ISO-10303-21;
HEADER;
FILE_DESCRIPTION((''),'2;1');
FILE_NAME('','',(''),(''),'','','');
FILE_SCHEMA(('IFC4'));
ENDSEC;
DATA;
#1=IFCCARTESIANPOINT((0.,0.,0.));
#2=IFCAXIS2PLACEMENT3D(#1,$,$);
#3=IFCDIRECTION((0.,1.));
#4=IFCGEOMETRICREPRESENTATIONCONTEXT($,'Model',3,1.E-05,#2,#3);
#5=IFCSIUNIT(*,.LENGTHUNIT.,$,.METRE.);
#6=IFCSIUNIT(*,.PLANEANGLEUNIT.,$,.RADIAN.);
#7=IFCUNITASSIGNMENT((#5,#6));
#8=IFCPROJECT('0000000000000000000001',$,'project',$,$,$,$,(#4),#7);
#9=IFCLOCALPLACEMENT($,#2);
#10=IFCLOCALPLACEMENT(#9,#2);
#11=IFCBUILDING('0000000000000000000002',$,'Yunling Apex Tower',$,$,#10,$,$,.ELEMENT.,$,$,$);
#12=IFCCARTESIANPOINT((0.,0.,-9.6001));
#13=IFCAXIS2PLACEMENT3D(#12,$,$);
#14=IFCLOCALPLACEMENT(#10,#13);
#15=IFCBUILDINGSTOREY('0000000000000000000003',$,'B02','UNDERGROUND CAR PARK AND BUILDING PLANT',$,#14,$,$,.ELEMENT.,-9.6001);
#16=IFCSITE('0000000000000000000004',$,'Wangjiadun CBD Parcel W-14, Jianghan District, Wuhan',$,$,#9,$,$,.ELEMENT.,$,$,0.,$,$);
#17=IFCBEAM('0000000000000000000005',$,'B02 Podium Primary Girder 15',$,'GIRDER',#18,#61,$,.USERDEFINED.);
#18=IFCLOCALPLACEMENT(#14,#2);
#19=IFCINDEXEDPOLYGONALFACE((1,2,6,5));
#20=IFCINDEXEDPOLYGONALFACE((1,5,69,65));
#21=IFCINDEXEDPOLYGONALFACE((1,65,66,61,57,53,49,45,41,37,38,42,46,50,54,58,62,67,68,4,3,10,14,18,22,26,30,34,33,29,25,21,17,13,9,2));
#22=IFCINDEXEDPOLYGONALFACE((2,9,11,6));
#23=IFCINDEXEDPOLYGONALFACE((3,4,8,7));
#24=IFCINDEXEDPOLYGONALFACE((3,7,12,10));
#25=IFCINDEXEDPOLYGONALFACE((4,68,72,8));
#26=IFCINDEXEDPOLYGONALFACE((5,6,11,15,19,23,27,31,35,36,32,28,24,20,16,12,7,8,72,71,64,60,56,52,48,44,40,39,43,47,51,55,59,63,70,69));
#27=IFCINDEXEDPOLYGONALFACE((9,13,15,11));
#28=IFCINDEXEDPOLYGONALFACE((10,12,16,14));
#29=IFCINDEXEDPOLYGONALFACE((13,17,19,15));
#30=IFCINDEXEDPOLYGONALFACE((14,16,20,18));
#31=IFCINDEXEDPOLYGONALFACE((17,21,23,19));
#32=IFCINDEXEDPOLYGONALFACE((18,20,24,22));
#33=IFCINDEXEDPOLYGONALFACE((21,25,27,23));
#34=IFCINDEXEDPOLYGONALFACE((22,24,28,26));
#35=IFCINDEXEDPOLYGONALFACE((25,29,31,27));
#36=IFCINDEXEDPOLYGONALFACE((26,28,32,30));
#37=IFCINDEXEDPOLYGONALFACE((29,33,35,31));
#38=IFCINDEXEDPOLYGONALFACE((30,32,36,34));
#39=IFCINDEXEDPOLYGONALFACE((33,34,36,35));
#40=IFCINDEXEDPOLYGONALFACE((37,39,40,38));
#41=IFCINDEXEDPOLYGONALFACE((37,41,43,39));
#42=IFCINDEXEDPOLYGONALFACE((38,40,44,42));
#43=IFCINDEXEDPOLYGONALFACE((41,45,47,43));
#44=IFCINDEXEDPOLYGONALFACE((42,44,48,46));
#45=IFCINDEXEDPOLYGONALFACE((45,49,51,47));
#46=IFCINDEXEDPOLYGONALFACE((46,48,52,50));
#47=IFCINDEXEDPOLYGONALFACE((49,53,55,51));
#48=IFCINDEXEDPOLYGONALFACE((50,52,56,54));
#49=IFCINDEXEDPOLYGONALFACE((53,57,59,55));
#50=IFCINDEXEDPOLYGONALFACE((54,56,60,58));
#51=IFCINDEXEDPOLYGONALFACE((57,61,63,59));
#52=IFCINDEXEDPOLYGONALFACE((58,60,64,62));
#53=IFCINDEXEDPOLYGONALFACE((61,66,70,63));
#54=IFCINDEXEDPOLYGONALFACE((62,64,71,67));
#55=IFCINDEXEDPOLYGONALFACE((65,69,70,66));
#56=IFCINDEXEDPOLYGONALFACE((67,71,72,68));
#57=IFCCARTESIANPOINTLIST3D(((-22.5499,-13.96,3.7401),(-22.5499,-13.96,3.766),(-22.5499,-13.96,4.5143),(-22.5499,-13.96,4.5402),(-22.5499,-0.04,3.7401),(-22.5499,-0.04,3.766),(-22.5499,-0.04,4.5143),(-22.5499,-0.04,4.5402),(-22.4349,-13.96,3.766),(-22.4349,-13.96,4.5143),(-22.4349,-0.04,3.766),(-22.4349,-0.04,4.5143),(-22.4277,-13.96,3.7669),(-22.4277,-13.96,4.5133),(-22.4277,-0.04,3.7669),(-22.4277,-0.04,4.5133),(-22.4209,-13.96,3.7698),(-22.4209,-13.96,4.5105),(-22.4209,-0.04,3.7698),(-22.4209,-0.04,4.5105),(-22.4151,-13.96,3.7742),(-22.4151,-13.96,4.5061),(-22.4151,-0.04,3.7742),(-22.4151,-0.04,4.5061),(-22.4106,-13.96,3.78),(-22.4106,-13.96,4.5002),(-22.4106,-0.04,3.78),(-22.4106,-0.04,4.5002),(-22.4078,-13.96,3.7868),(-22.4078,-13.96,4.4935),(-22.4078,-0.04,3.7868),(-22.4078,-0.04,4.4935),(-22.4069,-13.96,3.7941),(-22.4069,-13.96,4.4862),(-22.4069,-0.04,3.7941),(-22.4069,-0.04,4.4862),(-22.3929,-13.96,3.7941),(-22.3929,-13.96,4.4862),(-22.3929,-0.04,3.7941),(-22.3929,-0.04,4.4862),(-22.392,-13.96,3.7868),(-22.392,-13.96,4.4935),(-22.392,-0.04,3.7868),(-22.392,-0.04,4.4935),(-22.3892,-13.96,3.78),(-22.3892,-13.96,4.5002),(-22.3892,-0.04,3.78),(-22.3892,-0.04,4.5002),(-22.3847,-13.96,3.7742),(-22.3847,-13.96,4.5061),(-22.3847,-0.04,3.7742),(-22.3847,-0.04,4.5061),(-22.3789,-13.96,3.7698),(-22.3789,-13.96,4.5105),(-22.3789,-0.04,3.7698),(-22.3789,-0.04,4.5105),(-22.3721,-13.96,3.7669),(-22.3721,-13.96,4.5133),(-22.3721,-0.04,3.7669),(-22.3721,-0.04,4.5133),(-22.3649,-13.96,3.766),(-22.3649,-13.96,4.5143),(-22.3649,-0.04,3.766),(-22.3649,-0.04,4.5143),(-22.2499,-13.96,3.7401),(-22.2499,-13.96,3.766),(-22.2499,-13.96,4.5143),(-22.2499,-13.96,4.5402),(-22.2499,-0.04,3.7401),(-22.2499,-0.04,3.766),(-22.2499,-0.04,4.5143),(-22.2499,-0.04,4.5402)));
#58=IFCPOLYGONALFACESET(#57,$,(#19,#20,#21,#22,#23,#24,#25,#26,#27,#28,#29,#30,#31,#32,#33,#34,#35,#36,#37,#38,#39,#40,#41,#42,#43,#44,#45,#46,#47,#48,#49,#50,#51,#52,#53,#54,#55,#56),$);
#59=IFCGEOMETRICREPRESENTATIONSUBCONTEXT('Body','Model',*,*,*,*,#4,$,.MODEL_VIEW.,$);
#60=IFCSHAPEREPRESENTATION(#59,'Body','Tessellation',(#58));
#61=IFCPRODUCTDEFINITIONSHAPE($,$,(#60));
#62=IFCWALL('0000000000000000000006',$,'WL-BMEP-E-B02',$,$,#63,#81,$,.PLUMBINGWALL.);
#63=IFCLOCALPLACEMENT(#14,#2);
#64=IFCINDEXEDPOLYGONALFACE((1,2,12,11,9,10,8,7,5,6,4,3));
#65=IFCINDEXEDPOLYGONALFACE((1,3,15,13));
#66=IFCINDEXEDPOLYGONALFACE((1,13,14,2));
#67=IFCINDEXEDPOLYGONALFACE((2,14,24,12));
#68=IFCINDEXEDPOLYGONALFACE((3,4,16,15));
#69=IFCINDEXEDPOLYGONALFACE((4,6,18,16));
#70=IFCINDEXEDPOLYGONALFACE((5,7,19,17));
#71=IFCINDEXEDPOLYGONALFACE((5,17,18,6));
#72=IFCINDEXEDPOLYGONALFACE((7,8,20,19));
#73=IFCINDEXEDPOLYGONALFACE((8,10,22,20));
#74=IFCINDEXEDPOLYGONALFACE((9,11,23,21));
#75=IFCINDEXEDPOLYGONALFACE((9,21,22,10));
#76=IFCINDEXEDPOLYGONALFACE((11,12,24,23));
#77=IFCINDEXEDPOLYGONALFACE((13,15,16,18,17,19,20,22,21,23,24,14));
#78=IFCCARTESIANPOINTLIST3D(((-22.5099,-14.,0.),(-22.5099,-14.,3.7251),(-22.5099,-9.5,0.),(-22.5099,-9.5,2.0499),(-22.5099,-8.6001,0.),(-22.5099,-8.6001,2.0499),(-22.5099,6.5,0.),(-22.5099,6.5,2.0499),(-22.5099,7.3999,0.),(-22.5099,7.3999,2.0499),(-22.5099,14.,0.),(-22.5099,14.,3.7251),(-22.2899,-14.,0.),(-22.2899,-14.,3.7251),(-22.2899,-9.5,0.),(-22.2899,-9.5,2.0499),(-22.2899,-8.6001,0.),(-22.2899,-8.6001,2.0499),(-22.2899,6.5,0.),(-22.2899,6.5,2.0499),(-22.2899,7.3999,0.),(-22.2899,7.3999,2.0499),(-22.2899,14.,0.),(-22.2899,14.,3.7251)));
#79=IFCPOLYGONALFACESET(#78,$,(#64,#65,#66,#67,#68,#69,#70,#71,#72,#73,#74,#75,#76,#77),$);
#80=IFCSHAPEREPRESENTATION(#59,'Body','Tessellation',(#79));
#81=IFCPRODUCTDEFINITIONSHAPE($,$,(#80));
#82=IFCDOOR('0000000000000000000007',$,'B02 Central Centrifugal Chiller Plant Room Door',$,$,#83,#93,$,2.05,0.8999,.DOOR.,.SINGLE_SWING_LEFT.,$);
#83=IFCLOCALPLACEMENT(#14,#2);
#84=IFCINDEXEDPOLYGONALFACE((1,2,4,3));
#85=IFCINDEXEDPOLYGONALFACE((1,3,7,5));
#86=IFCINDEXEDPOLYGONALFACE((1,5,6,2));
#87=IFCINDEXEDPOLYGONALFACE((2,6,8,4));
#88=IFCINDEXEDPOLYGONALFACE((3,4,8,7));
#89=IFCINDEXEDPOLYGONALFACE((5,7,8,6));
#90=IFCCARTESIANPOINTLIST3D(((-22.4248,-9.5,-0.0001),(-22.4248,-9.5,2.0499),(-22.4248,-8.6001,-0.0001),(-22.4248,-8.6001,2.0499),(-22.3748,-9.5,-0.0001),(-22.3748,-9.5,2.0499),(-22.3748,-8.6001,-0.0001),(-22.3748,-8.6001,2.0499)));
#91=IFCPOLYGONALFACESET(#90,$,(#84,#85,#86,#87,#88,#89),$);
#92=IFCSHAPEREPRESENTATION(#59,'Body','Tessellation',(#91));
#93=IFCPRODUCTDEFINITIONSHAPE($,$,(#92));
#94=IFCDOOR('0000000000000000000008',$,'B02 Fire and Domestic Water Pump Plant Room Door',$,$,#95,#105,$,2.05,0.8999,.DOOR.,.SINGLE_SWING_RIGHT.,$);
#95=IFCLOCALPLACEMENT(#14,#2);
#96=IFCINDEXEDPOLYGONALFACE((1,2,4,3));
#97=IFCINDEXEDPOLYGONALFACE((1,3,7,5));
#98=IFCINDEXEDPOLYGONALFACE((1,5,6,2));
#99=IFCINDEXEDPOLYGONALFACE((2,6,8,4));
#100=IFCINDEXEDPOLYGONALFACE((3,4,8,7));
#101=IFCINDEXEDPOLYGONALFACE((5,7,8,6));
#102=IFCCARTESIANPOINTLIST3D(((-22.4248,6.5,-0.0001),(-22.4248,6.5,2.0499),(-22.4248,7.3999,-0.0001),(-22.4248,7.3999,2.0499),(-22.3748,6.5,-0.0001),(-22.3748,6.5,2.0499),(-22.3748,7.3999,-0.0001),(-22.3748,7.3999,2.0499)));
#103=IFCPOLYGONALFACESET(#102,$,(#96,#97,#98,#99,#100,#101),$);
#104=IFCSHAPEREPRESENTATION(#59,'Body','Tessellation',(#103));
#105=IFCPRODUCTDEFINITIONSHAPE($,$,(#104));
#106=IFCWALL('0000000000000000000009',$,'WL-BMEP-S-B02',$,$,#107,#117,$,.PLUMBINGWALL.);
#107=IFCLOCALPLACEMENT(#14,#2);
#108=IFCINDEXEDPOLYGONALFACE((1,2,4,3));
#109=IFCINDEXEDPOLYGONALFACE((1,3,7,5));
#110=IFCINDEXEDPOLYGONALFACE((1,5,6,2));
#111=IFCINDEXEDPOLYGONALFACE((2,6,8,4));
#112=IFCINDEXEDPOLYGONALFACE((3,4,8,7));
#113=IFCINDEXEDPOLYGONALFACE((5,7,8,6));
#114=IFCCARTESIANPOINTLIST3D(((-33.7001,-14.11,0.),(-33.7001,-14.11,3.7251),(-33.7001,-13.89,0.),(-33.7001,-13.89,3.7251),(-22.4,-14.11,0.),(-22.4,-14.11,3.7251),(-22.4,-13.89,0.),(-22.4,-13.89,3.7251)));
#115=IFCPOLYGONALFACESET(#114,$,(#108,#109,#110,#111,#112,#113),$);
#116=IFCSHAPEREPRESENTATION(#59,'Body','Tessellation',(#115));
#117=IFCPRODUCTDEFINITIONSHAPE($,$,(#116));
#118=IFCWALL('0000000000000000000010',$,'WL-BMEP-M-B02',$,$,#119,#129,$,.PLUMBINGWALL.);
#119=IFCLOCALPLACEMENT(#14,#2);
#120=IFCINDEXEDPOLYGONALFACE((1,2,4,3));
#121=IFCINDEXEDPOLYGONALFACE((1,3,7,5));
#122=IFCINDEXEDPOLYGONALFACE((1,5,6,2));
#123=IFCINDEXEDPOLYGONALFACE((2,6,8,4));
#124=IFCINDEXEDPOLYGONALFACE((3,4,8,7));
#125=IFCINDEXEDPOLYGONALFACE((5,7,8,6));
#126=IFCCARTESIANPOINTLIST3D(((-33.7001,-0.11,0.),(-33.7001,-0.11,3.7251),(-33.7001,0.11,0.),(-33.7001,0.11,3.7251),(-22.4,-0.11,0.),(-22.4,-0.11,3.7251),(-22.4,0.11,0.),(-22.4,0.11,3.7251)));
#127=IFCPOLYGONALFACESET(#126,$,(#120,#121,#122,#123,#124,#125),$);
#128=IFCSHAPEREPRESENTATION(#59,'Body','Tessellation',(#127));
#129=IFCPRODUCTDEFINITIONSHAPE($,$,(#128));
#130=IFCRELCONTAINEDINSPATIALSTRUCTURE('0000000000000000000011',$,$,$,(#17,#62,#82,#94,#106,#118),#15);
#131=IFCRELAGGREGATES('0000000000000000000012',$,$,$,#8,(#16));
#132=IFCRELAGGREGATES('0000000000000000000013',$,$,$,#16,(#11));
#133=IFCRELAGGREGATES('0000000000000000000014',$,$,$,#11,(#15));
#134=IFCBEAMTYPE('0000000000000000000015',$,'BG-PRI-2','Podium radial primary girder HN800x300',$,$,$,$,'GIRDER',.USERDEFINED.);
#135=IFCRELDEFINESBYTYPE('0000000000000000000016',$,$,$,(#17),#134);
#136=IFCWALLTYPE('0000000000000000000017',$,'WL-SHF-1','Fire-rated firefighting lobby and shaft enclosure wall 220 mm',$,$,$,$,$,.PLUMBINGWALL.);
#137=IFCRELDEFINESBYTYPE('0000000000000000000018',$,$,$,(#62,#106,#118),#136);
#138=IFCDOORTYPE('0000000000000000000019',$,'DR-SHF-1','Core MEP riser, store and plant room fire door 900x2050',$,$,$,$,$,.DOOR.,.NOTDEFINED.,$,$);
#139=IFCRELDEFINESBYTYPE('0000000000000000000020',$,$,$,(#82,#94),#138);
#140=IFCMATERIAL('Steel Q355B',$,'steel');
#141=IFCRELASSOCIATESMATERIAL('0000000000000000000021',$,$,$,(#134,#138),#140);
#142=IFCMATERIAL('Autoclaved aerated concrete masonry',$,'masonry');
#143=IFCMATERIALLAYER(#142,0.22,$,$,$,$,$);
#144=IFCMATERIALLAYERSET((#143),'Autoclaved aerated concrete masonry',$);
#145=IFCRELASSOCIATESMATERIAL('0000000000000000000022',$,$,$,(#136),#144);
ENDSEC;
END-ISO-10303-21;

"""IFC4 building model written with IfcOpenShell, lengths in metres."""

from ifc_helpers import new_model, si_unit, direction, frame, frame_2d, origin, origin_2d, place, context, subcontext, project, spatial, rectangle, i_section, extrude, source, transform, mapped, material, layer, layer_set, material_profile, profile_set, type_object, element, fill, save


model = new_model("IFC4")

# Units and contexts
model_context = context("Model", 3, precision=1e-05, world=origin(), true_north=direction((0.0, 1.0)))
body_context = subcontext(model_context, "Body", "Model", "MODEL_VIEW")
ifc_project = project(units=[si_unit("LENGTHUNIT", "METRE"), si_unit("PLANEANGLEUNIT", "RADIAN")], contexts=[model_context])

# Site, building, storey
site_placement = place(None, origin())
site = spatial("IfcSite", under=ifc_project, at=site_placement, Name="Wangjiadun CBD Parcel W-14, Jianghan District, Wuhan", CompositionType="ELEMENT", RefElevation=0.0)
building_placement = place(site_placement, origin())
building = spatial("IfcBuilding", under=site, at=building_placement, Name="Yunling Apex Tower", CompositionType="ELEMENT")
storey_placement = place(building_placement, frame((0.0, 0.0, -9.6001)))
storey = spatial("IfcBuildingStorey", under=building, at=storey_placement, Name="B02", Description="UNDERGROUND CAR PARK AND BUILDING PLANT", CompositionType="ELEMENT", Elevation=-9.6001)

# Beam
ifc_material_1 = material(Name="Steel Q355B", Category="steel")
ifc_material_profile_1 = material_profile(ifc_material_1, i_section(OverallWidth=0.3, OverallDepth=0.8, WebThickness=0.0139, FlangeThickness=0.0259, FilletRadius=0.0281, at=origin_2d()))
ifc_profile_set_1 = profile_set([ifc_material_profile_1], Name="Steel Q355B")
beam_type_1 = type_object("IfcBeamType", Name="BG-PRI-2", Description="Podium radial primary girder HN800x300", ElementType="GIRDER", PredefinedType="USERDEFINED", material=ifc_profile_set_1)
shared_shape_1 = source(origin(), body_context, "Body", "SweptSolid", [
    extrude(i_section(OverallWidth=0.3, OverallDepth=0.8, WebThickness=0.0139, FlangeThickness=0.0259, FilletRadius=0.0281, at=origin_2d()), origin(), (0.0, 0.0, 1.0), 13.9199),
])
beam_1_placement = place(storey_placement, frame((-22.3999, -0.04, 4.1401), z_axis=(0.0, -1.0, 0.0), x_axis=(1.0, 0.0, 0.0)))
element("IfcBeam", 1, at=beam_1_placement, inside=storey, type_object=beam_type_1, Name="B02 Podium Primary Girder 15", ObjectType="GIRDER", PredefinedType="USERDEFINED", context=body_context, shape_type="MappedRepresentation", body=[
    mapped(shared_shape_1, transform((0.0, 0.0, 0.0), scale=1.0)),
])

# Wall, openings, doors
ifc_material_2 = material(Name="Autoclaved aerated concrete masonry", Category="masonry")
ifc_layer_1 = layer(ifc_material_2, 0.22)
ifc_layer_set_1 = layer_set([ifc_layer_1], Name="Autoclaved aerated concrete masonry")
wall_type = type_object("IfcWallType", Name="WL-SHF-1", Description="Fire-rated firefighting lobby and shaft enclosure wall 220 mm", PredefinedType="PLUMBINGWALL", material=ifc_layer_set_1)
wall_placement = place(storey_placement, frame((-22.3999, -14.0, 0.0), z_axis=(0.0, 0.0, 1.0), x_axis=(0.0, 1.0, 0.0)))
wall = element("IfcWall", 2, at=wall_placement, inside=storey, type_object=wall_type, Name="WL-BMEP-E-B02", PredefinedType="PLUMBINGWALL", context=body_context, shape_type="SweptSolid", body=[
    extrude(rectangle(XDim=28.0, YDim=0.22, at=frame_2d((14.0, 0.0))), origin(), (0.0, 0.0, 1.0), 3.7251),
])
opening_1_placement = place(wall_placement, frame((4.5, 0.0, 0.0)))
opening_1 = element("IfcOpeningElement", 3, at=opening_1_placement, cuts=wall, PredefinedType="OPENING", context=body_context, shape_type="SweptSolid", body=[
    extrude(rectangle(XDim=0.8999, YDim=2.05, at=frame_2d((0.45, 1.0249))), frame((0.0, 0.1201, 0.0), z_axis=(0.0, -1.0, 0.0), x_axis=(1.0, 0.0, 0.0)), (0.0, 0.0, 1.0), 0.24),
])
opening_2_placement = place(wall_placement, frame((20.5, 0.0, 0.0)))
opening_2 = element("IfcOpeningElement", 4, at=opening_2_placement, cuts=wall, PredefinedType="OPENING", context=body_context, shape_type="SweptSolid", body=[
    extrude(rectangle(XDim=0.8999, YDim=2.05, at=frame_2d((0.45, 1.0249))), frame((0.0, 0.1201, 0.0), z_axis=(0.0, -1.0, 0.0), x_axis=(1.0, 0.0, 0.0)), (0.0, 0.0, 1.0), 0.24),
])
door_type = type_object("IfcDoorType", Name="DR-SHF-1", Description="Core MEP riser, store and plant room fire door 900x2050", OperationType="NOTDEFINED", PredefinedType="DOOR", material=ifc_material_1)
door_1_placement = place(opening_1_placement, origin())
door_1 = element("IfcDoor", 5, at=door_1_placement, inside=storey, type_object=door_type, Name="B02 Central Centrifugal Chiller Plant Room Door", OperationType="SINGLE_SWING_LEFT", OverallHeight=2.05, OverallWidth=0.8999, PredefinedType="DOOR", context=body_context, shape_type="SweptSolid", body=[
    extrude(rectangle(XDim=0.8999, YDim=2.05, at=frame_2d((0.45, 1.0249))), frame((0.0, 0.0249, 0.0), z_axis=(0.0, -1.0, 0.0), x_axis=(1.0, 0.0, 0.0)), (0.0, 0.0, 1.0), 0.05),
])
fill(opening_1, door_1)
door_2_placement = place(opening_2_placement, origin())
door_2 = element("IfcDoor", 6, at=door_2_placement, inside=storey, type_object=door_type, Name="B02 Fire and Domestic Water Pump Plant Room Door", OperationType="SINGLE_SWING_RIGHT", OverallHeight=2.05, OverallWidth=0.8999, PredefinedType="DOOR", context=body_context, shape_type="SweptSolid", body=[
    extrude(rectangle(XDim=0.8999, YDim=2.05, at=frame_2d((0.45, 1.0249))), frame((0.0, 0.0249, 0.0), z_axis=(0.0, -1.0, 0.0), x_axis=(1.0, 0.0, 0.0)), (0.0, 0.0, 1.0), 0.05),
])
fill(opening_2, door_2)

# Walls
for number, where, z_axis, x_axis, name in (
    (7, (-33.7, -14.0, 0.0), (0.0, 0.0, 1.0), (1.0, 0.0, 0.0), "WL-BMEP-S-B02"),
    (8, (-33.7, 0.0, 0.0), (0.0, 0.0, 1.0), (1.0, 0.0, 0.0), "WL-BMEP-M-B02"),
):
    element("IfcWall", number, at=place(storey_placement, frame(where, z_axis=z_axis, x_axis=x_axis)), inside=storey, type_object=wall_type, Name=name, PredefinedType="PLUMBINGWALL", context=body_context, shape_type="SweptSolid", body=[
        extrude(rectangle(XDim=11.3, YDim=0.22, at=frame_2d((5.6499, 0.0))), origin(), (0.0, 0.0, 1.0), 3.7251),
    ])

save(model, "model.ifc")
